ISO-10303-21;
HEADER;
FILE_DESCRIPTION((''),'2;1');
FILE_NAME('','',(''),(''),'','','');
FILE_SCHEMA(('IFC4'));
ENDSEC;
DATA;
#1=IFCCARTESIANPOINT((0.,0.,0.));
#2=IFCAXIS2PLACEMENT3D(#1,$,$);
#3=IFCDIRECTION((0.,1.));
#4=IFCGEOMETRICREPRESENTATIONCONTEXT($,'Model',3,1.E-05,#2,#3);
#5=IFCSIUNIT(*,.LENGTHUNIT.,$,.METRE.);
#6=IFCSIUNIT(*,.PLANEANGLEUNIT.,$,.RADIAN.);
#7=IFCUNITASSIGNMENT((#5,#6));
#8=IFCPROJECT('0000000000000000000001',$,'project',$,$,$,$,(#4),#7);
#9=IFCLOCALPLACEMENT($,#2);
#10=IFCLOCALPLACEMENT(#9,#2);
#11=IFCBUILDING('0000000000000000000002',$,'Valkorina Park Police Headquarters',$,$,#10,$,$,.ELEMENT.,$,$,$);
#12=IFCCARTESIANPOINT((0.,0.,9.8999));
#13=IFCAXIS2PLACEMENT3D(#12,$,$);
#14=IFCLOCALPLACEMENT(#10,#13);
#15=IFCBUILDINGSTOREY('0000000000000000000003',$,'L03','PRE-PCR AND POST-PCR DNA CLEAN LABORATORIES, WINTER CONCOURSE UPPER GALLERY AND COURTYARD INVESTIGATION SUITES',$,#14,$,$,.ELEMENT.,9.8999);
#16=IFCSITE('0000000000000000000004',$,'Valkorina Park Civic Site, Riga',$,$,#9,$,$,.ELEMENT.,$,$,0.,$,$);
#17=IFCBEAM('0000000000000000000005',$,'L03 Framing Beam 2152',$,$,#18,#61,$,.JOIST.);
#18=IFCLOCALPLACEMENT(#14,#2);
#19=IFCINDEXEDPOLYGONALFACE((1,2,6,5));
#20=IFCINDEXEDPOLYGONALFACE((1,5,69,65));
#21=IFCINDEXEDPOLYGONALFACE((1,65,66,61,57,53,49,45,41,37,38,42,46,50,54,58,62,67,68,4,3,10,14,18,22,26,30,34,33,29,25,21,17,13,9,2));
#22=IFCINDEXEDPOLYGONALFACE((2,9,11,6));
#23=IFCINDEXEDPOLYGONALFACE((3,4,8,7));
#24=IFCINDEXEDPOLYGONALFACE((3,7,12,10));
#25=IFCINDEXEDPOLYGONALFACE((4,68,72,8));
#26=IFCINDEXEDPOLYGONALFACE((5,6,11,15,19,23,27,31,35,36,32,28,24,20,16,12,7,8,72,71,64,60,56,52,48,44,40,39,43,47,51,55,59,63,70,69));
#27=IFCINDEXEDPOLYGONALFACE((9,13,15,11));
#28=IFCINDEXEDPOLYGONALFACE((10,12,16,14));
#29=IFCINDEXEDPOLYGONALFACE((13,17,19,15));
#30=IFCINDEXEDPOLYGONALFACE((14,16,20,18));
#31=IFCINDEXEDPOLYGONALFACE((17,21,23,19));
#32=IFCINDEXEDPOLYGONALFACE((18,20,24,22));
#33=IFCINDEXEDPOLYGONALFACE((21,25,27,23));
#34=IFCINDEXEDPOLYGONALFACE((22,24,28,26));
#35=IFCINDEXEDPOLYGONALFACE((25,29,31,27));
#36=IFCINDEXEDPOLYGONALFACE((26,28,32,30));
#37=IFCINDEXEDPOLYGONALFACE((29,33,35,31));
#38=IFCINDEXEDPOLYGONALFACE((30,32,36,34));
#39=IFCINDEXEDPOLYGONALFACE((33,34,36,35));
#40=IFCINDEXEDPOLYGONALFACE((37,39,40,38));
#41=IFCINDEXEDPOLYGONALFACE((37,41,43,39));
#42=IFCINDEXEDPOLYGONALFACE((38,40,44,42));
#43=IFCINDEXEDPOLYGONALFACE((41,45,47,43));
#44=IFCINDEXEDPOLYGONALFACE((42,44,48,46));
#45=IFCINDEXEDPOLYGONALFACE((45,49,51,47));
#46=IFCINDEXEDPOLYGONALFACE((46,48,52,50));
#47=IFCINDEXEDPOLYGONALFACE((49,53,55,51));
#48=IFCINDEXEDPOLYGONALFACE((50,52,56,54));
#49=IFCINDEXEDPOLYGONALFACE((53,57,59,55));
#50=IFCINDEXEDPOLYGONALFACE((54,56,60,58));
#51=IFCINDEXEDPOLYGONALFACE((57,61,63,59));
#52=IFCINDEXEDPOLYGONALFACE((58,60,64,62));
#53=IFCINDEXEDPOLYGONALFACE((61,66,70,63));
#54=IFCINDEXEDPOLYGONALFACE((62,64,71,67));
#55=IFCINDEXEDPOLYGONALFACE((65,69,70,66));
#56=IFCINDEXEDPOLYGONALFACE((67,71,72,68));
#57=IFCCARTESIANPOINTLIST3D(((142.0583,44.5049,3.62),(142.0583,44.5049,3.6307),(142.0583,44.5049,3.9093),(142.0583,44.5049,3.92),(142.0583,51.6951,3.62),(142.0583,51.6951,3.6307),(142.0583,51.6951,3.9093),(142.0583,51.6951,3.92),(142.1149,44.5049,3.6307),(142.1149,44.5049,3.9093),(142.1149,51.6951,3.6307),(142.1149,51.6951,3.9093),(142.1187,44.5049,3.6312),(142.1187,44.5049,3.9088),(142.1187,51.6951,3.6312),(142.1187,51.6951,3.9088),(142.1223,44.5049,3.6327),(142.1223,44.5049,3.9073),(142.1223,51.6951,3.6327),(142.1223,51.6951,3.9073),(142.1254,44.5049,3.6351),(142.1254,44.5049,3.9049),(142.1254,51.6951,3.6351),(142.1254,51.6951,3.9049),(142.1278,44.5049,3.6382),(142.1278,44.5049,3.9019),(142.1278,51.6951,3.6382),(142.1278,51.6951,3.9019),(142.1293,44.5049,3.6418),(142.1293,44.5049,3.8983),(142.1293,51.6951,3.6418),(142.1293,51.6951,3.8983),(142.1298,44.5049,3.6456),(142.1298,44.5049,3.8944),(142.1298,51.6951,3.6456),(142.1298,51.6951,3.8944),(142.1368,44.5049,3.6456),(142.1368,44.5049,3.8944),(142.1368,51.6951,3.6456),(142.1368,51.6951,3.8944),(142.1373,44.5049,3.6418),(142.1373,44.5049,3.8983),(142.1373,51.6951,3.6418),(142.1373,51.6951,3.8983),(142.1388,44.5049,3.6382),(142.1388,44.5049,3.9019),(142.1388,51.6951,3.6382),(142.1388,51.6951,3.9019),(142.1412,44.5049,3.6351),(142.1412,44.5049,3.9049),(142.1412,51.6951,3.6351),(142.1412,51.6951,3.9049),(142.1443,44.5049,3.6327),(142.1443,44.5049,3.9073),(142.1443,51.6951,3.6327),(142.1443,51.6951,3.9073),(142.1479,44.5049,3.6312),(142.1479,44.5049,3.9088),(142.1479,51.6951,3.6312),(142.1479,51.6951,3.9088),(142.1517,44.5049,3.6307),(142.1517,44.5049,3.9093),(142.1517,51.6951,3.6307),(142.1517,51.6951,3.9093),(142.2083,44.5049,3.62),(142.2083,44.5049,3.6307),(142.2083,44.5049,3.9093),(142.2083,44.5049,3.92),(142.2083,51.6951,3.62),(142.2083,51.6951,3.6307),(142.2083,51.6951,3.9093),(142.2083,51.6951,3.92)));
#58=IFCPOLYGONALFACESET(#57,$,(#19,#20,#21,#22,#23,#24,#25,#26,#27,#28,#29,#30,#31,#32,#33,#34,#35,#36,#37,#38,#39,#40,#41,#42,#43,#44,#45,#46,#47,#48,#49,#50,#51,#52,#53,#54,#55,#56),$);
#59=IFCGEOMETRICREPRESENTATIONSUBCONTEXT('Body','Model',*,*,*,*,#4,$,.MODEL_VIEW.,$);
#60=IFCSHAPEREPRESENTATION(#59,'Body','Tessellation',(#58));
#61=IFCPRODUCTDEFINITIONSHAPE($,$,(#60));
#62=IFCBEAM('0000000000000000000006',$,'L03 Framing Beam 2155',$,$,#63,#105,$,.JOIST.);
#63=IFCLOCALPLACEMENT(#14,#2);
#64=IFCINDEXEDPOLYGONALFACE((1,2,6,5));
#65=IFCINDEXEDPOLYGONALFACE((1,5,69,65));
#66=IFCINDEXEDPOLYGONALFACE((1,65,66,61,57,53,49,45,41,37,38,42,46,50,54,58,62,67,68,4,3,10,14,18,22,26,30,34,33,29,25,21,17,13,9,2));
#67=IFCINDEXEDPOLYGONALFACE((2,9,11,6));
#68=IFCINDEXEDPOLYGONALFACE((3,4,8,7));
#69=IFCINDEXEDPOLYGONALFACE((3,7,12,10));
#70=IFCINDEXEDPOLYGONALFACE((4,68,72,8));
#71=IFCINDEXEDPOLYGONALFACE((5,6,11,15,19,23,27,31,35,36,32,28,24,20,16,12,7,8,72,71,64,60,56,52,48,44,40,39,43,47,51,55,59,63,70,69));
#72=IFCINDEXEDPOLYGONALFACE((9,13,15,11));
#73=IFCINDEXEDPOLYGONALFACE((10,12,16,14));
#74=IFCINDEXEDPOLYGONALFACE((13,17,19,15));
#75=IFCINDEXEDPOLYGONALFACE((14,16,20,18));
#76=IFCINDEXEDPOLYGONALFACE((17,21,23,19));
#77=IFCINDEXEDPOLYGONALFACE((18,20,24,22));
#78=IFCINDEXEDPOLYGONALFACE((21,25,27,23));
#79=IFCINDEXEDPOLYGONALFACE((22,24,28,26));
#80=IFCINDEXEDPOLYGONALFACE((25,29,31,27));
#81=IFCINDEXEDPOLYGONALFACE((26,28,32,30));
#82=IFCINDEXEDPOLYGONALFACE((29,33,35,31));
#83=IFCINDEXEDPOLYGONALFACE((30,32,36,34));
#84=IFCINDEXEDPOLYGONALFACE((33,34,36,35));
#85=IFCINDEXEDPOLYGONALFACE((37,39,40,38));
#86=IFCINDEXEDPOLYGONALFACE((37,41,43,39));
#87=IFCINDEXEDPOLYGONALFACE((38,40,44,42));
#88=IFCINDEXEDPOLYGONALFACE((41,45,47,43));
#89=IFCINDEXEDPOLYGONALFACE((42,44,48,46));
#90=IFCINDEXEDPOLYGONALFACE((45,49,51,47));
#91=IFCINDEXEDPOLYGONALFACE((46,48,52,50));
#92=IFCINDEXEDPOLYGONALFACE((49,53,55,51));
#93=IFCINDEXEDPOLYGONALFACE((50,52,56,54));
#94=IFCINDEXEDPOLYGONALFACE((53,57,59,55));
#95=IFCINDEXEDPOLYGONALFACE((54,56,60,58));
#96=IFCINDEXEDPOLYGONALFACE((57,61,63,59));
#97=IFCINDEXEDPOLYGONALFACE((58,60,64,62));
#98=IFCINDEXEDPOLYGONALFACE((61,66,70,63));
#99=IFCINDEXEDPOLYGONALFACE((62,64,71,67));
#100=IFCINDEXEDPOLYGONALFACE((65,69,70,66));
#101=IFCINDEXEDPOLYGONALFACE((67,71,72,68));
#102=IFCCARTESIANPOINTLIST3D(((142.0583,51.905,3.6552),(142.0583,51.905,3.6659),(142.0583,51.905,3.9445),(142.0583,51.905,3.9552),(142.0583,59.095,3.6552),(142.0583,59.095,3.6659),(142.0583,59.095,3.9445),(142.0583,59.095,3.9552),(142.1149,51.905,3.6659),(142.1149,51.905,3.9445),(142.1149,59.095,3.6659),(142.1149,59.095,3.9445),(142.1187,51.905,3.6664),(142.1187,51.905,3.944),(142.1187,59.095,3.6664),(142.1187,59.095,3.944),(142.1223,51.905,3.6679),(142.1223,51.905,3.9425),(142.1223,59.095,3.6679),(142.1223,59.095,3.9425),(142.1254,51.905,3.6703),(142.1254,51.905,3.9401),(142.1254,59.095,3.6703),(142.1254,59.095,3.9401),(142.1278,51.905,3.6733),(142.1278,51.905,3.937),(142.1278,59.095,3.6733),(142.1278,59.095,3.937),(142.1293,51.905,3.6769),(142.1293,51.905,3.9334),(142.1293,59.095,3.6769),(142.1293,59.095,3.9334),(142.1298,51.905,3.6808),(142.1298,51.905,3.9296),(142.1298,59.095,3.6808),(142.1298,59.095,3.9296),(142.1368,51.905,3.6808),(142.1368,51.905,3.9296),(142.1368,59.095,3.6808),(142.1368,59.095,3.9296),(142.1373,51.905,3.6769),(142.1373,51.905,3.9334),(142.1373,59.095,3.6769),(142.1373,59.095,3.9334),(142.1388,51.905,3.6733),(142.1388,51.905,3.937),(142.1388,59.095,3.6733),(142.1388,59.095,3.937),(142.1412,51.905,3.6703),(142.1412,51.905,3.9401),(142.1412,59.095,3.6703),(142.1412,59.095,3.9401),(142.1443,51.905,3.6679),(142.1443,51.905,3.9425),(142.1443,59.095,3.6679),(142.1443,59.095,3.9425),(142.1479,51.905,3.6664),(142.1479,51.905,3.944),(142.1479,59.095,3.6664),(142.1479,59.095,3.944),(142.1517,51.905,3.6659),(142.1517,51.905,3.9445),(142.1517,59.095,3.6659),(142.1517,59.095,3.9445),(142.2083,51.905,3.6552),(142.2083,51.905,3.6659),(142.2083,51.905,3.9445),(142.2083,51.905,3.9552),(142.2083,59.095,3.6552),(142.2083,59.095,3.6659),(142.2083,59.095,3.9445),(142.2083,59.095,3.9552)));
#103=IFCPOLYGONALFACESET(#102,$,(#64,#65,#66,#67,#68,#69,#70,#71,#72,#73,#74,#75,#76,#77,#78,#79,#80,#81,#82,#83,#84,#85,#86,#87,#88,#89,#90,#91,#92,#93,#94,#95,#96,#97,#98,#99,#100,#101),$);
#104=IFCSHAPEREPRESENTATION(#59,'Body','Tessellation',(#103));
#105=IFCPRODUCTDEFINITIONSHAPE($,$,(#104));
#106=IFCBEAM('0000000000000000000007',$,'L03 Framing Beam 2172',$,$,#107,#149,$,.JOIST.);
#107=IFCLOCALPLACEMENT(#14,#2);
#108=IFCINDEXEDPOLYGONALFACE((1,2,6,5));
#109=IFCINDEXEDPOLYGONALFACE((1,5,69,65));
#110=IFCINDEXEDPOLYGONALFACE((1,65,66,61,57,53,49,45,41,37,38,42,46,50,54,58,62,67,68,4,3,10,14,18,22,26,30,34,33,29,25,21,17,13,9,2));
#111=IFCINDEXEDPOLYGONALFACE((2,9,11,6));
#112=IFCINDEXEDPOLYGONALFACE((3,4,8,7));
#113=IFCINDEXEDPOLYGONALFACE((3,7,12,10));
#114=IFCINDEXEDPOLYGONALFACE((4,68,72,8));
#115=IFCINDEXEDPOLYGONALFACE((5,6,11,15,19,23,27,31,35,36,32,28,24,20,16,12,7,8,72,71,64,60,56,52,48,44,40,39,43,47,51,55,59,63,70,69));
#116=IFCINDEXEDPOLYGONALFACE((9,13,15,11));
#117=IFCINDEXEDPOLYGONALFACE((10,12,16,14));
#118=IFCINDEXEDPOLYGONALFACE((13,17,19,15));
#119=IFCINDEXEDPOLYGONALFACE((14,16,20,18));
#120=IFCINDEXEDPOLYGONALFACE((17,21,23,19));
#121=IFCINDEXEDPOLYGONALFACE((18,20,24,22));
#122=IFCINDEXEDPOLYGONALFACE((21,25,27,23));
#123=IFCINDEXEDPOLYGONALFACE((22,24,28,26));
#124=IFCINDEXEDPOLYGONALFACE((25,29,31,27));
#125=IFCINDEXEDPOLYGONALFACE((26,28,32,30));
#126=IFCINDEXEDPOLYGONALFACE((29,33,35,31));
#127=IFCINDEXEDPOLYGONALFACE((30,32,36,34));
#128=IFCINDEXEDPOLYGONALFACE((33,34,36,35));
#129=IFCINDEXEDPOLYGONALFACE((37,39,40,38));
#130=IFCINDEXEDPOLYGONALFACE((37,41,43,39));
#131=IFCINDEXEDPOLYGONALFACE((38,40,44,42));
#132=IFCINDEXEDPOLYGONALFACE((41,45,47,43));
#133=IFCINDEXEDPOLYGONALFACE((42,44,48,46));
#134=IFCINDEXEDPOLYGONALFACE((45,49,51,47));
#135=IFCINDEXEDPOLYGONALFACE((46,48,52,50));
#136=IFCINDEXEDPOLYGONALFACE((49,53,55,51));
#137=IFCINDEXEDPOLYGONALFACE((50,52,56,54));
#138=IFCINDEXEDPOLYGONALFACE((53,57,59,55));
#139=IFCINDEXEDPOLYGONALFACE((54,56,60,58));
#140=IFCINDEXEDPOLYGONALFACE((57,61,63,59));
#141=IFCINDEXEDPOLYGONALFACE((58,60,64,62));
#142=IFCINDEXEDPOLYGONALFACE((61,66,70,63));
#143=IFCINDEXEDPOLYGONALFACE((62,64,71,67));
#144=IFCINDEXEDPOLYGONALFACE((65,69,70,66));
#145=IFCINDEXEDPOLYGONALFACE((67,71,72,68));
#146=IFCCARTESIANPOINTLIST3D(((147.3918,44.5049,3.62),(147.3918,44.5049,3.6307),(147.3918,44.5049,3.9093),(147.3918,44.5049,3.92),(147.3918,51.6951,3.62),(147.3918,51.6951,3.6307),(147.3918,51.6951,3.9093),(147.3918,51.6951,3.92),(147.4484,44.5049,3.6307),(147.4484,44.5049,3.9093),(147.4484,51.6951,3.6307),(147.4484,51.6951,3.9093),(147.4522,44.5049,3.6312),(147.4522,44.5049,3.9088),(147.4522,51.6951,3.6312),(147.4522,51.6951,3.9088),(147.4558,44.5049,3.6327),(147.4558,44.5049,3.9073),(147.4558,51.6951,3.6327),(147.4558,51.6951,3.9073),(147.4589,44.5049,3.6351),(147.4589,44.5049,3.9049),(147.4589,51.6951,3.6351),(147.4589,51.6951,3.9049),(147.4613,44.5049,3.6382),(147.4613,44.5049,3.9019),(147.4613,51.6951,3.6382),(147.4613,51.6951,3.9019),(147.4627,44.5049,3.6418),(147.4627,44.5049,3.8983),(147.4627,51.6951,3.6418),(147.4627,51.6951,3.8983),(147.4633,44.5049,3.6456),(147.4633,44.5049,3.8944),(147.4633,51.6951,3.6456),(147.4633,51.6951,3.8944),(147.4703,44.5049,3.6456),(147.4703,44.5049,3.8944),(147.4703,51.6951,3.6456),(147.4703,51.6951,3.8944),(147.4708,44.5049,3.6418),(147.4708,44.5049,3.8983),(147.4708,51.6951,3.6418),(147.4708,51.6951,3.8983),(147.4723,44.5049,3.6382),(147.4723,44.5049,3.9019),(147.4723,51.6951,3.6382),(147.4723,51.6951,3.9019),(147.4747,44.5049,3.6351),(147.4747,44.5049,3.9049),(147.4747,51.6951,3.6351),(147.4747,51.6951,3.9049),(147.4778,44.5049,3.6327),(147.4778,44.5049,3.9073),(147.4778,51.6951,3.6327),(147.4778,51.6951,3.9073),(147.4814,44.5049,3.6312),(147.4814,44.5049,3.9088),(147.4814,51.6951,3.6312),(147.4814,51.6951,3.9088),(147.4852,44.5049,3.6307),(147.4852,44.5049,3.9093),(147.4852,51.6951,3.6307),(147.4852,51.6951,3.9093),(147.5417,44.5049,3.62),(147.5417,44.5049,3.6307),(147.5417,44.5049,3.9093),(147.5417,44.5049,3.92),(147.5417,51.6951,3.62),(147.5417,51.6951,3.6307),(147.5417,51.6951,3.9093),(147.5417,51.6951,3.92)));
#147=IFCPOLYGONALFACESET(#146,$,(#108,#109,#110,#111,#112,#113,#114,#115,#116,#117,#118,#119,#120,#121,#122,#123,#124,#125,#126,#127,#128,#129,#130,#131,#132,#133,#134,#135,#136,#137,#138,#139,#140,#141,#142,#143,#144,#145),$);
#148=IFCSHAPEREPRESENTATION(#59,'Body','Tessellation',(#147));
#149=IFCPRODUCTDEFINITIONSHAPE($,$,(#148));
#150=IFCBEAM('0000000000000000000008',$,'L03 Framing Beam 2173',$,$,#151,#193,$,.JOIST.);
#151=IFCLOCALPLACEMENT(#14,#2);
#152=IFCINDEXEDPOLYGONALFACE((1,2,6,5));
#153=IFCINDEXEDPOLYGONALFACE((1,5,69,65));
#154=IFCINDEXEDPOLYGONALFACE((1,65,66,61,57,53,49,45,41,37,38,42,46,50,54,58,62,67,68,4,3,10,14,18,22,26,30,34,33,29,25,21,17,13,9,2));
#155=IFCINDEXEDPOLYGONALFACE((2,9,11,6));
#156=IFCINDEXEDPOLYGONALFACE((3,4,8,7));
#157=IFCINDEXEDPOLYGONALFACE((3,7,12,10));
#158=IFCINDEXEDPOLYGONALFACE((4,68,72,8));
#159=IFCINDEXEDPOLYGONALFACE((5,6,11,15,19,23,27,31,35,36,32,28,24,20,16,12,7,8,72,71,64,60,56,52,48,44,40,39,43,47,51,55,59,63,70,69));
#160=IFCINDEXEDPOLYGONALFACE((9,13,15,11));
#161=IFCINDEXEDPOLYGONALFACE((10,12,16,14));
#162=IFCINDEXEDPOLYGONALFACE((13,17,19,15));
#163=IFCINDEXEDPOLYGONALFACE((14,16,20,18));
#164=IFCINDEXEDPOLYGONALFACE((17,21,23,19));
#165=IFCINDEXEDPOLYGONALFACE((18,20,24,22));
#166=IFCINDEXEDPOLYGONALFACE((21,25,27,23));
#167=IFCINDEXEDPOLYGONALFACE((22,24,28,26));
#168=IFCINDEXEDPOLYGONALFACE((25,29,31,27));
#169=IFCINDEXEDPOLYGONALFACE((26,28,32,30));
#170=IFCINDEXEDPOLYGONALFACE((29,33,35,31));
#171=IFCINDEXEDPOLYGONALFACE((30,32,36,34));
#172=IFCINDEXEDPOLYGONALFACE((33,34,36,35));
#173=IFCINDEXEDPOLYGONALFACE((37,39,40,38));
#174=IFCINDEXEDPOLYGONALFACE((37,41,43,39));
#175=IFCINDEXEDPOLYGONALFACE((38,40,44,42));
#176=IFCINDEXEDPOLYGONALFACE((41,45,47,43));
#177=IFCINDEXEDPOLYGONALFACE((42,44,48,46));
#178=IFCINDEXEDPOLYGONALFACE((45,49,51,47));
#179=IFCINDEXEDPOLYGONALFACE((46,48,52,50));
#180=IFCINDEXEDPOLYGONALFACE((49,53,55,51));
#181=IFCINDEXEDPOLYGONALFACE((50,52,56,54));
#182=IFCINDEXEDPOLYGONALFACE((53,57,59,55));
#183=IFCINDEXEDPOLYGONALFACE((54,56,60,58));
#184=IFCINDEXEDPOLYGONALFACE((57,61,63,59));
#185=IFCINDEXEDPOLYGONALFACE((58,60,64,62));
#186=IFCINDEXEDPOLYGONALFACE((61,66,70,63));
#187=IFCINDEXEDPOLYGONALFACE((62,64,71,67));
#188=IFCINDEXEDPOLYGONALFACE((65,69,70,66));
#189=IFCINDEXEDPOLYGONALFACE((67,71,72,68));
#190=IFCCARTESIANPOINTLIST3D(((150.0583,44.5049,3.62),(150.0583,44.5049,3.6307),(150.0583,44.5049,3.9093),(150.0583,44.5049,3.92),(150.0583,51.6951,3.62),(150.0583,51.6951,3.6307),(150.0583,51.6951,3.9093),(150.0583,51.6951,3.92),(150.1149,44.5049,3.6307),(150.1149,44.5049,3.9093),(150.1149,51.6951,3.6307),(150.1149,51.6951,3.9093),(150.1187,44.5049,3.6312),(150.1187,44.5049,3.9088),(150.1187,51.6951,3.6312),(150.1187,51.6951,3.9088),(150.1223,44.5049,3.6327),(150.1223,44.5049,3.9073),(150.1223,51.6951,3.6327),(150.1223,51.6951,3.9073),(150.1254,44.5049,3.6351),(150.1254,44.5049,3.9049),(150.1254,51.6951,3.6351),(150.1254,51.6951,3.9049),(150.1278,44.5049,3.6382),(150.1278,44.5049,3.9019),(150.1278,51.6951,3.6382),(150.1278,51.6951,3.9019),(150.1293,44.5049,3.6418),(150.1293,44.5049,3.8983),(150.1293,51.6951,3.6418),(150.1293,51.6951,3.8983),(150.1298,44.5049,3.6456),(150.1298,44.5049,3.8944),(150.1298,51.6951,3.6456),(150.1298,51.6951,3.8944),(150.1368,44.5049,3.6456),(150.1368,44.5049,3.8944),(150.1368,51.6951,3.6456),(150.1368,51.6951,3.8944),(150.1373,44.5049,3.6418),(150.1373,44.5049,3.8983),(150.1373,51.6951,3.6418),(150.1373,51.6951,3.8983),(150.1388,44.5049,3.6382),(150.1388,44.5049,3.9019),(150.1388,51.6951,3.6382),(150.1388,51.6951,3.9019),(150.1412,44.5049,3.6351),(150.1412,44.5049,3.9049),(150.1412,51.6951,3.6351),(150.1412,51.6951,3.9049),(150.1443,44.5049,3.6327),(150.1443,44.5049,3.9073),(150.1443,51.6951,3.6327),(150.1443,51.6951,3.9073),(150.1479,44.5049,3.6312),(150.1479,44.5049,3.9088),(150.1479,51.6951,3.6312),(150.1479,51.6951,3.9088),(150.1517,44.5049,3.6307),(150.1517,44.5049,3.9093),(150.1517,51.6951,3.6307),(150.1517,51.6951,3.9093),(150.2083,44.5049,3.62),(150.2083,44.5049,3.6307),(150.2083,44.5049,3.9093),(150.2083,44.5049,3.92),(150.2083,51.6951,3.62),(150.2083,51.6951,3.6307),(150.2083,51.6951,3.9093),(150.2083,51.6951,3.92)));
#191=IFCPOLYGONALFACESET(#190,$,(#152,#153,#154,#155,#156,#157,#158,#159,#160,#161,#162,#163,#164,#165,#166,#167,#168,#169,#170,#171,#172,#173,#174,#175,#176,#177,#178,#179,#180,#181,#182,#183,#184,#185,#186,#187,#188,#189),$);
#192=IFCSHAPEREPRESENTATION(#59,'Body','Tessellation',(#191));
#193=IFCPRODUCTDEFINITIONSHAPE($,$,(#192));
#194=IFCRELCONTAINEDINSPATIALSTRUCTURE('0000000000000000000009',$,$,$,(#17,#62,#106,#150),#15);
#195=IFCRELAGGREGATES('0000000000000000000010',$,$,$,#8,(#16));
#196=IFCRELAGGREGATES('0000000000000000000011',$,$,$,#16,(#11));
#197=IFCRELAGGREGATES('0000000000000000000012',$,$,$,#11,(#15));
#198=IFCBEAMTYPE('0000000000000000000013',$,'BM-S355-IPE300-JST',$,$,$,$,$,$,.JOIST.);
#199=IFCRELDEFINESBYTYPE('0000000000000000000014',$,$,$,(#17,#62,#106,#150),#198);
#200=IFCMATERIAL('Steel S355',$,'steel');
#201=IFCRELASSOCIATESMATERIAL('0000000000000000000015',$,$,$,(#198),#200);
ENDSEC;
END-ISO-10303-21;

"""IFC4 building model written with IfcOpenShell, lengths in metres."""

from ifc_helpers import new_model, si_unit, direction, frame, origin, origin_2d, place, context, subcontext, project, spatial, i_section, extrude, material, material_profile, profile_set, type_object, element, save


model = new_model("IFC4")

# Units and contexts
model_context = context("Model", 3, precision=1e-05, world=origin(), true_north=direction((0.0, 1.0)))
body_context = subcontext(model_context, "Body", "Model", "MODEL_VIEW")
ifc_project = project(units=[si_unit("LENGTHUNIT", "METRE"), si_unit("PLANEANGLEUNIT", "RADIAN")], contexts=[model_context])

# Site, building, storey
site_placement = place(None, origin())
site = spatial("IfcSite", under=ifc_project, at=site_placement, Name="Valkorina Park Civic Site, Riga", CompositionType="ELEMENT", RefElevation=0.0)
building_placement = place(site_placement, origin())
building = spatial("IfcBuilding", under=site, at=building_placement, Name="Valkorina Park Police Headquarters", CompositionType="ELEMENT")
storey_placement = place(building_placement, frame((0.0, 0.0, 9.8999)))
storey = spatial("IfcBuildingStorey", under=building, at=storey_placement, Name="L03", Description="PRE-PCR AND POST-PCR DNA CLEAN LABORATORIES, WINTER CONCOURSE UPPER GALLERY AND COURTYARD INVESTIGATION SUITES", CompositionType="ELEMENT", Elevation=9.8999)

# Shared definitions
ifc_material_1 = material(Name="Steel S355", Category="steel")

# Beams
ifc_material_profile_1 = material_profile(ifc_material_1, i_section(OverallWidth=0.1499, OverallDepth=0.3, WebThickness=0.0071, FlangeThickness=0.0107, FilletRadius=0.0149, at=origin_2d()), Name="IPE 300")
ifc_profile_set_1 = profile_set([ifc_material_profile_1], Name="Steel S355")
beam_type_1 = type_object("IfcBeamType", Name="BM-S355-IPE300-JST", PredefinedType="JOIST", material=ifc_profile_set_1)
beam_1_placement = place(storey_placement, frame((142.1333, 44.5049, 3.77), z_axis=(0.0, 1.0, 0.0), x_axis=(-1.0, 0.0, 0.0)))
element("IfcBeam", 1, at=beam_1_placement, inside=storey, type_object=beam_type_1, Name="L03 Framing Beam 2152", PredefinedType="JOIST", context=body_context, shape_type="SweptSolid", body=[
    extrude(i_section(OverallWidth=0.1499, OverallDepth=0.3, WebThickness=0.0071, FlangeThickness=0.0107, FilletRadius=0.0149, at=origin_2d()), origin(), (0.0, 0.0, 1.0), 7.1902),
])
beam_2_placement = place(storey_placement, frame((142.1333, 51.905, 3.8052), z_axis=(0.0, 1.0, 0.0), x_axis=(-1.0, 0.0, 0.0)))
element("IfcBeam", 2, at=beam_2_placement, inside=storey, type_object=beam_type_1, Name="L03 Framing Beam 2155", PredefinedType="JOIST", context=body_context, shape_type="SweptSolid", body=[
    extrude(i_section(OverallWidth=0.1499, OverallDepth=0.3, WebThickness=0.0071, FlangeThickness=0.0107, FilletRadius=0.0149, at=origin_2d()), origin(), (0.0, 0.0, 1.0), 7.1899),
])
for number, where, z_axis, x_axis, name in (
    (3, (147.4668, 44.5049, 3.77), (0.0, 1.0, 0.0), (-1.0, 0.0, 0.0), "L03 Framing Beam 2172"),
    (4, (150.1333, 44.5049, 3.77), (0.0, 1.0, 0.0), (-1.0, 0.0, 0.0), "L03 Framing Beam 2173"),
):
    element("IfcBeam", number, at=place(storey_placement, frame(where, z_axis=z_axis, x_axis=x_axis)), inside=storey, type_object=beam_type_1, Name=name, PredefinedType="JOIST", context=body_context, shape_type="SweptSolid", body=[
        extrude(i_section(OverallWidth=0.1499, OverallDepth=0.3, WebThickness=0.0071, FlangeThickness=0.0107, FilletRadius=0.0149, at=origin_2d()), origin(), (0.0, 0.0, 1.0), 7.1902),
    ])

save(model, "model.ifc")
